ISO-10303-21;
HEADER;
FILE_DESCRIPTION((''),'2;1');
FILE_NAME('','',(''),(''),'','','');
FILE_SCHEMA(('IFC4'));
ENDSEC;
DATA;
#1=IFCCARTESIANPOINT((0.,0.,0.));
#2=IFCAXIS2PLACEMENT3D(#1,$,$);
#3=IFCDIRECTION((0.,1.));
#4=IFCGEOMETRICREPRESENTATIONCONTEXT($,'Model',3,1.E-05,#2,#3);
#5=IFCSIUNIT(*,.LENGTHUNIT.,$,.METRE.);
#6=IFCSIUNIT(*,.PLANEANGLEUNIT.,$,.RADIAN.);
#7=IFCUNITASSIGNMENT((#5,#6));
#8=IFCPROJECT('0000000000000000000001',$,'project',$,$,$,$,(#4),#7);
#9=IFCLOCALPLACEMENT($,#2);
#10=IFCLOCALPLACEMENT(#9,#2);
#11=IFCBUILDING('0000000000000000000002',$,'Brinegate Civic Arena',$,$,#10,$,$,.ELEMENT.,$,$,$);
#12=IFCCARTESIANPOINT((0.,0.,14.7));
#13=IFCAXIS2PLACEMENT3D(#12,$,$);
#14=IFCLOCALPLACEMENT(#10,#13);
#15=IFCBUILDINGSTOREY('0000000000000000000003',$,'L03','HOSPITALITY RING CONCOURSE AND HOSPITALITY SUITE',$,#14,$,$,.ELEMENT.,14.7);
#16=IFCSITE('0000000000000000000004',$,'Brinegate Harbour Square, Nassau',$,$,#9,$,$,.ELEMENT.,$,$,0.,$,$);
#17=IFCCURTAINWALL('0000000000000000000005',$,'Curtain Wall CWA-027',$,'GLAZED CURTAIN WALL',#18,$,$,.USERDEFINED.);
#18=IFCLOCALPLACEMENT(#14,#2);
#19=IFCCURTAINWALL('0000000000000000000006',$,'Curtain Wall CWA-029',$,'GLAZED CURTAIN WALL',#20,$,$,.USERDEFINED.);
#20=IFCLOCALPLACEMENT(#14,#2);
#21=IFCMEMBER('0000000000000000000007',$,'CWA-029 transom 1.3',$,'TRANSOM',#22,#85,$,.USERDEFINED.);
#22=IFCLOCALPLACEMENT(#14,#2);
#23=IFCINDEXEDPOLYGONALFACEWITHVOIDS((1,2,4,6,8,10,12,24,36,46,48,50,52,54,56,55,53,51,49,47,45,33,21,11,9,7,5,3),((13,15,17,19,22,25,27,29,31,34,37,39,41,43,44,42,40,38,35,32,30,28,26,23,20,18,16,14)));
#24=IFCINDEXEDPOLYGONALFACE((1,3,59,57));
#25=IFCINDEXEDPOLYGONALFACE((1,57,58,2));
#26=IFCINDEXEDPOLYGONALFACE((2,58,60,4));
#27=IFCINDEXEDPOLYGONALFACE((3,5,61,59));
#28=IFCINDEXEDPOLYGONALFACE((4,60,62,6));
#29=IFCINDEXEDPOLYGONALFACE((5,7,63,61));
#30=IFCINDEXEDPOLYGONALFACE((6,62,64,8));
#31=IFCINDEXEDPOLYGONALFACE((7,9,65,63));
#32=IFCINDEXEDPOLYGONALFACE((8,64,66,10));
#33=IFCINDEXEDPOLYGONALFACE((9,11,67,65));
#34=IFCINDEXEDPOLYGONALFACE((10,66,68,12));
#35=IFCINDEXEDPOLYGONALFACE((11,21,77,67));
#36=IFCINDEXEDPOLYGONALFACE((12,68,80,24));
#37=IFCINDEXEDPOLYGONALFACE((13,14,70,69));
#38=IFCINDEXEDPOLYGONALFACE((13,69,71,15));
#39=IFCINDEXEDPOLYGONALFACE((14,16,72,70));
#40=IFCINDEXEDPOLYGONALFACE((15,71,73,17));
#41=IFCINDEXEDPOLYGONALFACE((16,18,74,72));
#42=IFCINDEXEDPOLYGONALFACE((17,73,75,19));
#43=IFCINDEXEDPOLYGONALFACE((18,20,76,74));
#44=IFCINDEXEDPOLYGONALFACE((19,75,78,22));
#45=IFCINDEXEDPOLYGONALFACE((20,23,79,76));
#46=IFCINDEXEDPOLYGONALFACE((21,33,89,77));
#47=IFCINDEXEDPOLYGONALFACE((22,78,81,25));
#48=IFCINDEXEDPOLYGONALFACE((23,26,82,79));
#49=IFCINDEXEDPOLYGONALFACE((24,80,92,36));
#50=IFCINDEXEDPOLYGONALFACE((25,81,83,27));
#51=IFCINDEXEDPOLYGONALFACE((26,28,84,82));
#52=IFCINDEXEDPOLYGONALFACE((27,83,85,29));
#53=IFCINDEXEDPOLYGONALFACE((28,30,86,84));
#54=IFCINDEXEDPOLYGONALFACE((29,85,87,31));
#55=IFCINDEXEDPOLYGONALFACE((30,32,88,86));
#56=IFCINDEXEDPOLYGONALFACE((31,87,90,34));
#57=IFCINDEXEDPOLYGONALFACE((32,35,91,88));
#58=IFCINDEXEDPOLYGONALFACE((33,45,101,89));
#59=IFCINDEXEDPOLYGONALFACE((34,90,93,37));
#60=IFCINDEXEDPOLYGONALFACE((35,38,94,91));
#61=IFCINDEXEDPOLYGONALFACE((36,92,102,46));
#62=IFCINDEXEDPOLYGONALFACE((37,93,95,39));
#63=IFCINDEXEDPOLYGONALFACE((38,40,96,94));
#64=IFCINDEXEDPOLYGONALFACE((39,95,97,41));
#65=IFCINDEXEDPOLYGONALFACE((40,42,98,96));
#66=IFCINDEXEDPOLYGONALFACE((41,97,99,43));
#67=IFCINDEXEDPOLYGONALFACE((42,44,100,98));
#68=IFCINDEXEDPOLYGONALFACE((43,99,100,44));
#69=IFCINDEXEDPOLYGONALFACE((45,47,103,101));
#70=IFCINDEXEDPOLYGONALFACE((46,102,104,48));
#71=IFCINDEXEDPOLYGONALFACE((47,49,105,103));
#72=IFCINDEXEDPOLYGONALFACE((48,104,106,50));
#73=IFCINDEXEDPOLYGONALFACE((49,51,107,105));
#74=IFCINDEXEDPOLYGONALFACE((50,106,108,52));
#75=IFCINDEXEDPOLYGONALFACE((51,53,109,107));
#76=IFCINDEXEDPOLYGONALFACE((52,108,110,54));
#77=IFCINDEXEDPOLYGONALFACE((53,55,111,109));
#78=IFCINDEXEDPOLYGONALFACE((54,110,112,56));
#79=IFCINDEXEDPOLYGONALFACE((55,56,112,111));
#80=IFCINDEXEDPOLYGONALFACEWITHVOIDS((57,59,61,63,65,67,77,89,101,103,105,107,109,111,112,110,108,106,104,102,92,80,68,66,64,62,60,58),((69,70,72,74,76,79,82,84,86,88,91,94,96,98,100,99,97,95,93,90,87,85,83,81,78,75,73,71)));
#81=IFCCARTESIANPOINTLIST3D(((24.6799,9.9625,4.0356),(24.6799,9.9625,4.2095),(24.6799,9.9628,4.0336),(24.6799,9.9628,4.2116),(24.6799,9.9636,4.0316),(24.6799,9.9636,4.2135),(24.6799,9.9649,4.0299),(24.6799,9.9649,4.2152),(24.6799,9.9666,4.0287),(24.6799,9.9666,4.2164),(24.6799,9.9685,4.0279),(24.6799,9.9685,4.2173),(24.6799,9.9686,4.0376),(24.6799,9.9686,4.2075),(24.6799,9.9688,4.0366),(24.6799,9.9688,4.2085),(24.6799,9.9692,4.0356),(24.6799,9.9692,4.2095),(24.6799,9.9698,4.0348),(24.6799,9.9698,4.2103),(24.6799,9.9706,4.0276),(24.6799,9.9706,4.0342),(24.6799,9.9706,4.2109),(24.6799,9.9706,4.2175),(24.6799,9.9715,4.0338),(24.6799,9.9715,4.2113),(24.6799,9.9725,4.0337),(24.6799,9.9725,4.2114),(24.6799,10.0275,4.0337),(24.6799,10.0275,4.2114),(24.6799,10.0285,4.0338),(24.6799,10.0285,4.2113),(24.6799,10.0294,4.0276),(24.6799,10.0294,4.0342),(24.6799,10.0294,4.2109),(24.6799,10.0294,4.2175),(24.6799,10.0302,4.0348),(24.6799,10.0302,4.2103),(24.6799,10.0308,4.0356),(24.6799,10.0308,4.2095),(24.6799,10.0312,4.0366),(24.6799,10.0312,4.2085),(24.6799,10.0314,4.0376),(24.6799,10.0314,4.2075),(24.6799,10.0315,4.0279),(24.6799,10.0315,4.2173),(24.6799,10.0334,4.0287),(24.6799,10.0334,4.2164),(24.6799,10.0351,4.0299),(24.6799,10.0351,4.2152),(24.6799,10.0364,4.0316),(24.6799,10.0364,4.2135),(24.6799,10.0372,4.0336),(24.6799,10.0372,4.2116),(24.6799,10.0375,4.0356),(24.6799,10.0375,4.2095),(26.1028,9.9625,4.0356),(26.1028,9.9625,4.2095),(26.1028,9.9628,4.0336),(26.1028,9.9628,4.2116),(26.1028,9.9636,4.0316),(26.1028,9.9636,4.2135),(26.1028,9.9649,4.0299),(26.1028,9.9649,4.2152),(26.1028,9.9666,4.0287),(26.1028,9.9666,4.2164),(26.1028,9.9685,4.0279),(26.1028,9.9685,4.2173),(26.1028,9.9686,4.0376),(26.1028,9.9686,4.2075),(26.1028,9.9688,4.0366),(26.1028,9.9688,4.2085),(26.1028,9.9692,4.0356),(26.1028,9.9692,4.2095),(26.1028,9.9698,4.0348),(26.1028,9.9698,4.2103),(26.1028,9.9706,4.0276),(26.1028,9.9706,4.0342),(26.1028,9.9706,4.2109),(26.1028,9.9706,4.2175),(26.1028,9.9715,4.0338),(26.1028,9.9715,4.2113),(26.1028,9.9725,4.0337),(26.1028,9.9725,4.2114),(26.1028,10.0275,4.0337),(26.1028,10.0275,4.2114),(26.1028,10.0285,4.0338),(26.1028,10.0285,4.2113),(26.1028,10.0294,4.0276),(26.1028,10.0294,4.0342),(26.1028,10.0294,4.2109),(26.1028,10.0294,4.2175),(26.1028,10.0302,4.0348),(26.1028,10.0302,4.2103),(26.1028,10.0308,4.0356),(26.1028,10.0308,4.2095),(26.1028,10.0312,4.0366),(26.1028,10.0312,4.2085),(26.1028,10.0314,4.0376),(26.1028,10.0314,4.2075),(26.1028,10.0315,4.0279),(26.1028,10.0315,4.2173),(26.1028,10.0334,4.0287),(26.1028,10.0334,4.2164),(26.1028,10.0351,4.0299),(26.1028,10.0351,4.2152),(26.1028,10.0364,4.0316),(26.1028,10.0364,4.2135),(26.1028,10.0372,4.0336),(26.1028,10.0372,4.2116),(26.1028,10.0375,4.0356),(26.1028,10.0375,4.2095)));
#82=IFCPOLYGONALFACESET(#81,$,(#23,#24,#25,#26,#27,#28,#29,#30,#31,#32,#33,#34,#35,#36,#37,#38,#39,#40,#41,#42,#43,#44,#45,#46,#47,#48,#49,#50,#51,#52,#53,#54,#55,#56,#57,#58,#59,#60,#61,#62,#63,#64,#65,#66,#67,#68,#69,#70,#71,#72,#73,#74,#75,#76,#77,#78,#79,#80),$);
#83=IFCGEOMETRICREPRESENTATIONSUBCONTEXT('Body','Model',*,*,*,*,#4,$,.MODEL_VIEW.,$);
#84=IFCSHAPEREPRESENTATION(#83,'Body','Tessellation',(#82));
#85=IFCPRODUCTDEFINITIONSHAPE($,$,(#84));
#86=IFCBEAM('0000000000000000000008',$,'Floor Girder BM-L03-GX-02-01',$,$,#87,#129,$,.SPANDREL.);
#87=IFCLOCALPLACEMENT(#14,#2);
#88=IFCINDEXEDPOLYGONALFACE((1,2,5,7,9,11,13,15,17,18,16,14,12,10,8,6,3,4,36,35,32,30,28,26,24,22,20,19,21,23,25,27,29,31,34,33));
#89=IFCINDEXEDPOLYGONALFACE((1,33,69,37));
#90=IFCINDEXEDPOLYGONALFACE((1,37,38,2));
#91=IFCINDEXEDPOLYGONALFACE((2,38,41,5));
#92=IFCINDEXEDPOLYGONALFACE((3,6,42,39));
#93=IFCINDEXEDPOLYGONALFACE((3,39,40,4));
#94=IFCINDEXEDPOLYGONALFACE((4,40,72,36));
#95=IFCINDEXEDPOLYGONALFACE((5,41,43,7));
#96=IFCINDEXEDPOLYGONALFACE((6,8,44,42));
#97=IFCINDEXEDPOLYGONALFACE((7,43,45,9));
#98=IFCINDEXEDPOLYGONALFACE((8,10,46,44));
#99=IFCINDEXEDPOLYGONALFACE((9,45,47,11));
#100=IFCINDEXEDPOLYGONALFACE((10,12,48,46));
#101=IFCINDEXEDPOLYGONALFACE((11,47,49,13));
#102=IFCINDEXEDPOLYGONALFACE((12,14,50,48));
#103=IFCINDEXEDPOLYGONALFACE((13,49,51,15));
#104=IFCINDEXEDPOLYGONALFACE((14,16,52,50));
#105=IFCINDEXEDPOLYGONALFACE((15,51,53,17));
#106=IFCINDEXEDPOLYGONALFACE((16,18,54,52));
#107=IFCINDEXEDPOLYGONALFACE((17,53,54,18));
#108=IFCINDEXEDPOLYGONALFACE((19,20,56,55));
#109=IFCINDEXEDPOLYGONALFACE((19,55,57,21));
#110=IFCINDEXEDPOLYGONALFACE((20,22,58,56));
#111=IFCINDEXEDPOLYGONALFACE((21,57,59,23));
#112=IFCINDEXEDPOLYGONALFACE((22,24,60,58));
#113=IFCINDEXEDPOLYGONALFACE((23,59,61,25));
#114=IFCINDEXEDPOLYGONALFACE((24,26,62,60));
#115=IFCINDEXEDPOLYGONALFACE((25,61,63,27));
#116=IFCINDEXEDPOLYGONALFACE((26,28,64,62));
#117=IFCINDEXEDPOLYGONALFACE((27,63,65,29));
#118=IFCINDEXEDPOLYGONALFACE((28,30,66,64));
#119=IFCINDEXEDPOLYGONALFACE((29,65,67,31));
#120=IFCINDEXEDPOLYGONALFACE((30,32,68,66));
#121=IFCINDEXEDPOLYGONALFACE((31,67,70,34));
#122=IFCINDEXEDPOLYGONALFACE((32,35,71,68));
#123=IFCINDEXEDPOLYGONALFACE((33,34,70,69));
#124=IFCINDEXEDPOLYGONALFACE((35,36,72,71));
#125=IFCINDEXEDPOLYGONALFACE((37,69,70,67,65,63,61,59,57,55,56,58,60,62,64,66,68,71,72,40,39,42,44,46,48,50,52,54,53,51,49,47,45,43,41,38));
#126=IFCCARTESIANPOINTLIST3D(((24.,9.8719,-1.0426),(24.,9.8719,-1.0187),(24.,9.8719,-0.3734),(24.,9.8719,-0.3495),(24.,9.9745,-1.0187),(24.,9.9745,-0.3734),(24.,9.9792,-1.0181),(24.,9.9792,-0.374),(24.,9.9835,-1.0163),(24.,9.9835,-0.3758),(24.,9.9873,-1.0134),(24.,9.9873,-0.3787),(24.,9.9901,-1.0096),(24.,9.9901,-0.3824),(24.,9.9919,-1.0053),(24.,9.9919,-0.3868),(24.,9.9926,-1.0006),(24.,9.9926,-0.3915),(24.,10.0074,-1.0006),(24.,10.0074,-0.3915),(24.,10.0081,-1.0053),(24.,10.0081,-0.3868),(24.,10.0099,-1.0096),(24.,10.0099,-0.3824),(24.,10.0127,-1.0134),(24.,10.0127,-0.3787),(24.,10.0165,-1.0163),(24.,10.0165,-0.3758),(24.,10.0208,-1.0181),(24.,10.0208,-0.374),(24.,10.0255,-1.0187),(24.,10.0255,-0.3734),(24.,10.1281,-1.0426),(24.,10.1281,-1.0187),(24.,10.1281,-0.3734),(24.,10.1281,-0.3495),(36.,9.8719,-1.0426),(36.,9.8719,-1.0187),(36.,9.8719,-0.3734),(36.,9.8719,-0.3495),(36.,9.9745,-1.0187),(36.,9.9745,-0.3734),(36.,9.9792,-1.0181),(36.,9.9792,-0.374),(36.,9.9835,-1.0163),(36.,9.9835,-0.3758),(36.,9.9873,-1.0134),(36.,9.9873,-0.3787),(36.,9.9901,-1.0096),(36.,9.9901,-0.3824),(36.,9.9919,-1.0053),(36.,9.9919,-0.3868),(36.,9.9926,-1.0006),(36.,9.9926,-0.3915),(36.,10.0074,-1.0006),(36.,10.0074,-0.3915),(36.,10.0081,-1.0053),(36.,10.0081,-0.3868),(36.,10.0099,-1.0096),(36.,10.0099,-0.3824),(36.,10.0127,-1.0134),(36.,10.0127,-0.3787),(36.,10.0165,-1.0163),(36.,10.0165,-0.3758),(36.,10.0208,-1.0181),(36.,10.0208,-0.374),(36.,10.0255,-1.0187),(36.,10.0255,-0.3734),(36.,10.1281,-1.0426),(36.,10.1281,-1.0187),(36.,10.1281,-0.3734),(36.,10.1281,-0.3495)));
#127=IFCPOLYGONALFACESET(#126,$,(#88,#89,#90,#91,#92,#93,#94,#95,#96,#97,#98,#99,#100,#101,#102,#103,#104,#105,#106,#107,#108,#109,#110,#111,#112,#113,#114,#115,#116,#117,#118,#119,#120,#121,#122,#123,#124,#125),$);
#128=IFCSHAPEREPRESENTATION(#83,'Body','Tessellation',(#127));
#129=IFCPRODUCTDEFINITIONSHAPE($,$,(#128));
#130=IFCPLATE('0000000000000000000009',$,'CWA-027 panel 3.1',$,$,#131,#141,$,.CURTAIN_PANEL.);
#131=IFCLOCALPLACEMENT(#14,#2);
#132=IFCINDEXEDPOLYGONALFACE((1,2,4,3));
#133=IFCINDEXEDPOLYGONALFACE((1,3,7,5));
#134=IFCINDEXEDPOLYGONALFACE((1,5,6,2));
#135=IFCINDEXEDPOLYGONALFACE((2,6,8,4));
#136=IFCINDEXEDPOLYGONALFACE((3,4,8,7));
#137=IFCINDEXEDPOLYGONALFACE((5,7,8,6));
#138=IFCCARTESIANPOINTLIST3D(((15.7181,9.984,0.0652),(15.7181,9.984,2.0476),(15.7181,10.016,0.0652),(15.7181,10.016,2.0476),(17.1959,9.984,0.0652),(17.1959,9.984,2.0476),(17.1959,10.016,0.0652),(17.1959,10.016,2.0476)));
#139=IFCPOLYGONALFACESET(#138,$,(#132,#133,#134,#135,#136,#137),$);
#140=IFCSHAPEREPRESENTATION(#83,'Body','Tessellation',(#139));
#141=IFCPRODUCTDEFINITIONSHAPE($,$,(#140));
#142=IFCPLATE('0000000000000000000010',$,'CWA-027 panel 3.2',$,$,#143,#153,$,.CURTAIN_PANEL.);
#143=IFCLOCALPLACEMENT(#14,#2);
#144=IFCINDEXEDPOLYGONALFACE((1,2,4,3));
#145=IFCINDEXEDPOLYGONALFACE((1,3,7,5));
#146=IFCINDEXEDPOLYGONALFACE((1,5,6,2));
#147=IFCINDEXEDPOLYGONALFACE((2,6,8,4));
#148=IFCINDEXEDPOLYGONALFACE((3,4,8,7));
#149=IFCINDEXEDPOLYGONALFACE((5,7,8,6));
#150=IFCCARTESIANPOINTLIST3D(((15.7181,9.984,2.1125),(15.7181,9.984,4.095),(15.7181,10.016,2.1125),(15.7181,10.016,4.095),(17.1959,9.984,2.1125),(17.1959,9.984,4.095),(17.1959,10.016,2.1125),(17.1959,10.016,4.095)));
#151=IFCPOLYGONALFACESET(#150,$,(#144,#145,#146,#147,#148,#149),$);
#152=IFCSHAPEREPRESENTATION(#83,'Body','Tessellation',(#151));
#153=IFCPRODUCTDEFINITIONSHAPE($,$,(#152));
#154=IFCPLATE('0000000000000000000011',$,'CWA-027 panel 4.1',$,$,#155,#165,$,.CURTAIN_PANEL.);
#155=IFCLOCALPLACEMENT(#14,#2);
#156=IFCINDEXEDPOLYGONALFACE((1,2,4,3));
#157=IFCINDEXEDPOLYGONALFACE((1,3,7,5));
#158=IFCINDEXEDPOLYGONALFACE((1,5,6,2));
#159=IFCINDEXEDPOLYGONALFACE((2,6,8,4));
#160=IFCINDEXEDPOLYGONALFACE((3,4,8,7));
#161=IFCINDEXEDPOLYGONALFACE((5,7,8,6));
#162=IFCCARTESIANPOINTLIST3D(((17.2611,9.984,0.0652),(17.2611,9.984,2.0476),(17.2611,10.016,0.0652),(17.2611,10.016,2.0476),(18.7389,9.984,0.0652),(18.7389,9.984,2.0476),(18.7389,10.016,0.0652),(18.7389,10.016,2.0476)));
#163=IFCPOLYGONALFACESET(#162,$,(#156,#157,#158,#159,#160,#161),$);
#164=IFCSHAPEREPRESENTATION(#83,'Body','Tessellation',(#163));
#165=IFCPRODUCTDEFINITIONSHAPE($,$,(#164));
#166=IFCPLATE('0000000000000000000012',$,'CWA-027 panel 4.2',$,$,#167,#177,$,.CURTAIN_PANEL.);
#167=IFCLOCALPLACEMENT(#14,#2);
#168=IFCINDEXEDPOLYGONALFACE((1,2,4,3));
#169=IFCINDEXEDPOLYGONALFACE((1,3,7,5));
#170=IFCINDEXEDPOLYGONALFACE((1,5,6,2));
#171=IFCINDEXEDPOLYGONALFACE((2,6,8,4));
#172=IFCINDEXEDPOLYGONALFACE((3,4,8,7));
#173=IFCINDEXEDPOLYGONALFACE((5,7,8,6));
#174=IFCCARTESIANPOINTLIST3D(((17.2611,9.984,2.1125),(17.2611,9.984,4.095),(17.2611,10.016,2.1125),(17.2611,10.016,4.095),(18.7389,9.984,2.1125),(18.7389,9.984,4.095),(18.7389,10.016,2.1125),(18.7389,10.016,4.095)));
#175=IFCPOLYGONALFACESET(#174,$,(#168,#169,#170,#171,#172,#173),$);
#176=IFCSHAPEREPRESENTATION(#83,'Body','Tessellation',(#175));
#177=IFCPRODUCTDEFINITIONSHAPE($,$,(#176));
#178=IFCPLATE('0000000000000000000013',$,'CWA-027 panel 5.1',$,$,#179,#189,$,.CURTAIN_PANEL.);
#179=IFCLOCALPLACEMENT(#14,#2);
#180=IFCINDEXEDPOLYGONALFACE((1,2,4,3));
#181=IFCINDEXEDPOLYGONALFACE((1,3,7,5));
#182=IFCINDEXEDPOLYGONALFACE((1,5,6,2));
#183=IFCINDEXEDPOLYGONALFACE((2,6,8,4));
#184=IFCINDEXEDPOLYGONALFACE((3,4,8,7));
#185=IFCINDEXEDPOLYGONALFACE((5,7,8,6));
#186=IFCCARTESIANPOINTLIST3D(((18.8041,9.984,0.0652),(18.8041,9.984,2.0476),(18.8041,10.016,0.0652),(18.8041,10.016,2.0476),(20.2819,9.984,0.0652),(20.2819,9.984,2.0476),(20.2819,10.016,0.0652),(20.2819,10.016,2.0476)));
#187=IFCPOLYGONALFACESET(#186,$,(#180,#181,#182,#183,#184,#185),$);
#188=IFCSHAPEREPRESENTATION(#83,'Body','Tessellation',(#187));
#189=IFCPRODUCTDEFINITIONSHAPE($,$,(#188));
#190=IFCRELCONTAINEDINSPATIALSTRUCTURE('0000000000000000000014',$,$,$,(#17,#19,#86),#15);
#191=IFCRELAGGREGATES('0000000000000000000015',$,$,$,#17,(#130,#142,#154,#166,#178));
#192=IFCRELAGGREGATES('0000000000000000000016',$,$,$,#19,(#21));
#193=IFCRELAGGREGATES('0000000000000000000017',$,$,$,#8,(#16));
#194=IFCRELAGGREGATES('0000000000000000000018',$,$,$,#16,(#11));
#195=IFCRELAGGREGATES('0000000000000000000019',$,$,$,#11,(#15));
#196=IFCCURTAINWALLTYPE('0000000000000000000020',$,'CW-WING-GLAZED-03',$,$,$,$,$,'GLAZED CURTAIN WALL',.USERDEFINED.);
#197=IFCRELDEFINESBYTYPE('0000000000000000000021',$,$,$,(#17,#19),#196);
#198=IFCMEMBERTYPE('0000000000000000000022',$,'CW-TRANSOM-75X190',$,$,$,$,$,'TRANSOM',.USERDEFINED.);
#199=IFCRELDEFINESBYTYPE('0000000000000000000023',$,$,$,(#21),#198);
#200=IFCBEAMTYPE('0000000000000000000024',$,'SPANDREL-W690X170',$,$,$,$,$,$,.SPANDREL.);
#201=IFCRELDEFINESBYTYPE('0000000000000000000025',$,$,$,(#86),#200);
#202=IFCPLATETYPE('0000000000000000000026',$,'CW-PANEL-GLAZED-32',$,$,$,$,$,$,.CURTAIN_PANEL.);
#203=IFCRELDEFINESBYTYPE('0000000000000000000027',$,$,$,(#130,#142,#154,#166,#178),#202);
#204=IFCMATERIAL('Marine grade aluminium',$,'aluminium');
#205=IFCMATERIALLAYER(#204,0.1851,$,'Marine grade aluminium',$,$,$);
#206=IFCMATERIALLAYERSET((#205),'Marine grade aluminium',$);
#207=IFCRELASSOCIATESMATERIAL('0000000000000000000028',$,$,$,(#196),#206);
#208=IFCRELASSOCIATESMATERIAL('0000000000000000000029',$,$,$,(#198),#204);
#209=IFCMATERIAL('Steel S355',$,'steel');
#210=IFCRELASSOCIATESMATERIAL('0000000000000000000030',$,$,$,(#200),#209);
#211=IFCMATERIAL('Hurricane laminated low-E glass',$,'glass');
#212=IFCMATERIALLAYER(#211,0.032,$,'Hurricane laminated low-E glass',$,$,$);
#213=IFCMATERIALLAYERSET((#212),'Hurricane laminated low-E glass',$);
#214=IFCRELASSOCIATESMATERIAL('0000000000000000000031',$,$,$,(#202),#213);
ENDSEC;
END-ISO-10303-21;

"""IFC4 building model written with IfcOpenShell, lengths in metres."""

from ifc_helpers import new_model, si_unit, direction, frame, origin, origin_2d, place, context, subcontext, project, spatial, rectangle, hollow_rectangle, i_section, extrude, material, layer, layer_set, material_profile, profile_set, type_object, element, aggregate, save


model = new_model("IFC4")

# Units and contexts
model_context = context("Model", 3, precision=1e-05, world=origin(), true_north=direction((0.0, 1.0)))
body_context = subcontext(model_context, "Body", "Model", "MODEL_VIEW")
ifc_project = project(units=[si_unit("LENGTHUNIT", "METRE"), si_unit("PLANEANGLEUNIT", "RADIAN")], contexts=[model_context])

# Site, building, storey
site_placement = place(None, origin())
site = spatial("IfcSite", under=ifc_project, at=site_placement, Name="Brinegate Harbour Square, Nassau", CompositionType="ELEMENT", RefElevation=0.0)
building_placement = place(site_placement, origin())
building = spatial("IfcBuilding", under=site, at=building_placement, Name="Brinegate Civic Arena", CompositionType="ELEMENT")
storey_placement = place(building_placement, frame((0.0, 0.0, 14.7)))
storey = spatial("IfcBuildingStorey", under=building, at=storey_placement, Name="L03", Description="HOSPITALITY RING CONCOURSE AND HOSPITALITY SUITE", CompositionType="ELEMENT", Elevation=14.7)

# Curtain wall
ifc_material_1 = material(Name="Marine grade aluminium", Category="aluminium")
ifc_layer_1 = layer(ifc_material_1, 0.1851, Name="Marine grade aluminium")
ifc_layer_set_1 = layer_set([ifc_layer_1], Name="Marine grade aluminium")
curtain_wall_type = type_object("IfcCurtainWallType", Name="CW-WING-GLAZED-03", ElementType="GLAZED CURTAIN WALL", PredefinedType="USERDEFINED", material=ifc_layer_set_1)
curtain_wall_1_placement = place(storey_placement, origin())
curtain_wall_1 = element("IfcCurtainWall", 1, at=curtain_wall_1_placement, inside=storey, type_object=curtain_wall_type, Name="Curtain Wall CWA-027", ObjectType="GLAZED CURTAIN WALL", PredefinedType="USERDEFINED")

# Curtain wall
curtain_wall_2_placement = place(storey_placement, origin())
curtain_wall_2 = element("IfcCurtainWall", 2, at=curtain_wall_2_placement, inside=storey, type_object=curtain_wall_type, Name="Curtain Wall CWA-029", ObjectType="GLAZED CURTAIN WALL", PredefinedType="USERDEFINED")

# Member
ifc_material_profile_1 = material_profile(ifc_material_1, hollow_rectangle(XDim=0.075, YDim=0.1899, WallThickness=0.0061, InnerFilletRadius=0.0039, OuterFilletRadius=0.0081, at=origin_2d()), Name="TRN75X190")
ifc_profile_set_1 = profile_set([ifc_material_profile_1], Name="Marine grade aluminium")
member_type_1 = type_object("IfcMemberType", Name="CW-TRANSOM-75X190", ElementType="TRANSOM", PredefinedType="USERDEFINED", material=ifc_profile_set_1)
member_1_placement = place(storey_placement, frame((24.6799, 10.0, 4.1226), z_axis=(1.0, 0.0, 0.0), x_axis=(0.0, 1.0, 0.0)))
member_1 = element("IfcMember", 3, at=member_1_placement, type_object=member_type_1, Name="CWA-029 transom 1.3", ObjectType="TRANSOM", PredefinedType="USERDEFINED", context=body_context, shape_type="SweptSolid", body=[
    extrude(hollow_rectangle(XDim=0.075, YDim=0.1899, WallThickness=0.0061, InnerFilletRadius=0.0039, OuterFilletRadius=0.0081, at=origin_2d()), origin(), (0.0, 0.0, 1.0), 1.4229),
])

# Beam
ifc_material_2 = material(Name="Steel S355", Category="steel")
ifc_material_profile_2 = material_profile(ifc_material_2, i_section(OverallWidth=0.2561, OverallDepth=0.6931, WebThickness=0.0149, FlangeThickness=0.0239, FilletRadius=0.0181, at=origin_2d()), Name="W690X170")
ifc_profile_set_2 = profile_set([ifc_material_profile_2], Name="Steel S355")
beam_type = type_object("IfcBeamType", Name="SPANDREL-W690X170", PredefinedType="SPANDREL", material=ifc_profile_set_2)
beam_placement = place(storey_placement, frame((24.0, 10.0, -0.696), z_axis=(1.0, 0.0, 0.0), x_axis=(0.0, 1.0, 0.0)))
element("IfcBeam", 4, at=beam_placement, inside=storey, type_object=beam_type, Name="Floor Girder BM-L03-GX-02-01", PredefinedType="SPANDREL", context=body_context, shape_type="SweptSolid", body=[
    extrude(i_section(OverallWidth=0.2561, OverallDepth=0.6931, WebThickness=0.0149, FlangeThickness=0.0239, FilletRadius=0.0181, at=origin_2d()), origin(), (0.0, 0.0, 1.0), 12.0),
])

# Plates
ifc_material_3 = material(Name="Hurricane laminated low-E glass", Category="glass")
ifc_layer_2 = layer(ifc_material_3, 0.032, Name="Hurricane laminated low-E glass")
ifc_layer_set_2 = layer_set([ifc_layer_2], Name="Hurricane laminated low-E glass")
plate_type_1 = type_object("IfcPlateType", Name="CW-PANEL-GLAZED-32", PredefinedType="CURTAIN_PANEL", material=ifc_layer_set_2)
plate_1_placement = place(storey_placement, frame((16.457, 10.0, 0.0652), z_axis=(0.0, 0.0, 1.0), x_axis=(1.0, 0.0, 0.0)))
plate_1 = element("IfcPlate", 5, at=plate_1_placement, type_object=plate_type_1, Name="CWA-027 panel 3.1", PredefinedType="CURTAIN_PANEL", context=body_context, shape_type="SweptSolid", body=[
    extrude(rectangle(XDim=1.4778, YDim=0.032, at=origin_2d()), origin(), (0.0, 0.0, 1.0), 1.9824),
])
plate_2_placement = place(storey_placement, frame((16.457, 10.0, 2.1125), z_axis=(0.0, 0.0, 1.0), x_axis=(1.0, 0.0, 0.0)))
plate_2 = element("IfcPlate", 6, at=plate_2_placement, type_object=plate_type_1, Name="CWA-027 panel 3.2", PredefinedType="CURTAIN_PANEL", context=body_context, shape_type="SweptSolid", body=[
    extrude(rectangle(XDim=1.4778, YDim=0.032, at=origin_2d()), origin(), (0.0, 0.0, 1.0), 1.9824),
])
plate_3_placement = place(storey_placement, frame((18.0, 10.0, 0.0652), z_axis=(0.0, 0.0, 1.0), x_axis=(1.0, 0.0, 0.0)))
plate_3 = element("IfcPlate", 7, at=plate_3_placement, type_object=plate_type_1, Name="CWA-027 panel 4.1", PredefinedType="CURTAIN_PANEL", context=body_context, shape_type="SweptSolid", body=[
    extrude(rectangle(XDim=1.4778, YDim=0.032, at=origin_2d()), origin(), (0.0, 0.0, 1.0), 1.9824),
])
plate_4_placement = place(storey_placement, frame((18.0, 10.0, 2.1125), z_axis=(0.0, 0.0, 1.0), x_axis=(1.0, 0.0, 0.0)))
plate_4 = element("IfcPlate", 8, at=plate_4_placement, type_object=plate_type_1, Name="CWA-027 panel 4.2", PredefinedType="CURTAIN_PANEL", context=body_context, shape_type="SweptSolid", body=[
    extrude(rectangle(XDim=1.4778, YDim=0.032, at=origin_2d()), origin(), (0.0, 0.0, 1.0), 1.9824),
])
plate_5_placement = place(storey_placement, frame((19.543, 10.0, 0.0652), z_axis=(0.0, 0.0, 1.0), x_axis=(1.0, 0.0, 0.0)))
plate_5 = element("IfcPlate", 9, at=plate_5_placement, type_object=plate_type_1, Name="CWA-027 panel 5.1", PredefinedType="CURTAIN_PANEL", context=body_context, shape_type="SweptSolid", body=[
    extrude(rectangle(XDim=1.4778, YDim=0.032, at=origin_2d()), origin(), (0.0, 0.0, 1.0), 1.9824),
])
aggregate(curtain_wall_1, [plate_1, plate_2, plate_3, plate_4, plate_5])
aggregate(curtain_wall_2, [member_1])

save(model, "model.ifc")
